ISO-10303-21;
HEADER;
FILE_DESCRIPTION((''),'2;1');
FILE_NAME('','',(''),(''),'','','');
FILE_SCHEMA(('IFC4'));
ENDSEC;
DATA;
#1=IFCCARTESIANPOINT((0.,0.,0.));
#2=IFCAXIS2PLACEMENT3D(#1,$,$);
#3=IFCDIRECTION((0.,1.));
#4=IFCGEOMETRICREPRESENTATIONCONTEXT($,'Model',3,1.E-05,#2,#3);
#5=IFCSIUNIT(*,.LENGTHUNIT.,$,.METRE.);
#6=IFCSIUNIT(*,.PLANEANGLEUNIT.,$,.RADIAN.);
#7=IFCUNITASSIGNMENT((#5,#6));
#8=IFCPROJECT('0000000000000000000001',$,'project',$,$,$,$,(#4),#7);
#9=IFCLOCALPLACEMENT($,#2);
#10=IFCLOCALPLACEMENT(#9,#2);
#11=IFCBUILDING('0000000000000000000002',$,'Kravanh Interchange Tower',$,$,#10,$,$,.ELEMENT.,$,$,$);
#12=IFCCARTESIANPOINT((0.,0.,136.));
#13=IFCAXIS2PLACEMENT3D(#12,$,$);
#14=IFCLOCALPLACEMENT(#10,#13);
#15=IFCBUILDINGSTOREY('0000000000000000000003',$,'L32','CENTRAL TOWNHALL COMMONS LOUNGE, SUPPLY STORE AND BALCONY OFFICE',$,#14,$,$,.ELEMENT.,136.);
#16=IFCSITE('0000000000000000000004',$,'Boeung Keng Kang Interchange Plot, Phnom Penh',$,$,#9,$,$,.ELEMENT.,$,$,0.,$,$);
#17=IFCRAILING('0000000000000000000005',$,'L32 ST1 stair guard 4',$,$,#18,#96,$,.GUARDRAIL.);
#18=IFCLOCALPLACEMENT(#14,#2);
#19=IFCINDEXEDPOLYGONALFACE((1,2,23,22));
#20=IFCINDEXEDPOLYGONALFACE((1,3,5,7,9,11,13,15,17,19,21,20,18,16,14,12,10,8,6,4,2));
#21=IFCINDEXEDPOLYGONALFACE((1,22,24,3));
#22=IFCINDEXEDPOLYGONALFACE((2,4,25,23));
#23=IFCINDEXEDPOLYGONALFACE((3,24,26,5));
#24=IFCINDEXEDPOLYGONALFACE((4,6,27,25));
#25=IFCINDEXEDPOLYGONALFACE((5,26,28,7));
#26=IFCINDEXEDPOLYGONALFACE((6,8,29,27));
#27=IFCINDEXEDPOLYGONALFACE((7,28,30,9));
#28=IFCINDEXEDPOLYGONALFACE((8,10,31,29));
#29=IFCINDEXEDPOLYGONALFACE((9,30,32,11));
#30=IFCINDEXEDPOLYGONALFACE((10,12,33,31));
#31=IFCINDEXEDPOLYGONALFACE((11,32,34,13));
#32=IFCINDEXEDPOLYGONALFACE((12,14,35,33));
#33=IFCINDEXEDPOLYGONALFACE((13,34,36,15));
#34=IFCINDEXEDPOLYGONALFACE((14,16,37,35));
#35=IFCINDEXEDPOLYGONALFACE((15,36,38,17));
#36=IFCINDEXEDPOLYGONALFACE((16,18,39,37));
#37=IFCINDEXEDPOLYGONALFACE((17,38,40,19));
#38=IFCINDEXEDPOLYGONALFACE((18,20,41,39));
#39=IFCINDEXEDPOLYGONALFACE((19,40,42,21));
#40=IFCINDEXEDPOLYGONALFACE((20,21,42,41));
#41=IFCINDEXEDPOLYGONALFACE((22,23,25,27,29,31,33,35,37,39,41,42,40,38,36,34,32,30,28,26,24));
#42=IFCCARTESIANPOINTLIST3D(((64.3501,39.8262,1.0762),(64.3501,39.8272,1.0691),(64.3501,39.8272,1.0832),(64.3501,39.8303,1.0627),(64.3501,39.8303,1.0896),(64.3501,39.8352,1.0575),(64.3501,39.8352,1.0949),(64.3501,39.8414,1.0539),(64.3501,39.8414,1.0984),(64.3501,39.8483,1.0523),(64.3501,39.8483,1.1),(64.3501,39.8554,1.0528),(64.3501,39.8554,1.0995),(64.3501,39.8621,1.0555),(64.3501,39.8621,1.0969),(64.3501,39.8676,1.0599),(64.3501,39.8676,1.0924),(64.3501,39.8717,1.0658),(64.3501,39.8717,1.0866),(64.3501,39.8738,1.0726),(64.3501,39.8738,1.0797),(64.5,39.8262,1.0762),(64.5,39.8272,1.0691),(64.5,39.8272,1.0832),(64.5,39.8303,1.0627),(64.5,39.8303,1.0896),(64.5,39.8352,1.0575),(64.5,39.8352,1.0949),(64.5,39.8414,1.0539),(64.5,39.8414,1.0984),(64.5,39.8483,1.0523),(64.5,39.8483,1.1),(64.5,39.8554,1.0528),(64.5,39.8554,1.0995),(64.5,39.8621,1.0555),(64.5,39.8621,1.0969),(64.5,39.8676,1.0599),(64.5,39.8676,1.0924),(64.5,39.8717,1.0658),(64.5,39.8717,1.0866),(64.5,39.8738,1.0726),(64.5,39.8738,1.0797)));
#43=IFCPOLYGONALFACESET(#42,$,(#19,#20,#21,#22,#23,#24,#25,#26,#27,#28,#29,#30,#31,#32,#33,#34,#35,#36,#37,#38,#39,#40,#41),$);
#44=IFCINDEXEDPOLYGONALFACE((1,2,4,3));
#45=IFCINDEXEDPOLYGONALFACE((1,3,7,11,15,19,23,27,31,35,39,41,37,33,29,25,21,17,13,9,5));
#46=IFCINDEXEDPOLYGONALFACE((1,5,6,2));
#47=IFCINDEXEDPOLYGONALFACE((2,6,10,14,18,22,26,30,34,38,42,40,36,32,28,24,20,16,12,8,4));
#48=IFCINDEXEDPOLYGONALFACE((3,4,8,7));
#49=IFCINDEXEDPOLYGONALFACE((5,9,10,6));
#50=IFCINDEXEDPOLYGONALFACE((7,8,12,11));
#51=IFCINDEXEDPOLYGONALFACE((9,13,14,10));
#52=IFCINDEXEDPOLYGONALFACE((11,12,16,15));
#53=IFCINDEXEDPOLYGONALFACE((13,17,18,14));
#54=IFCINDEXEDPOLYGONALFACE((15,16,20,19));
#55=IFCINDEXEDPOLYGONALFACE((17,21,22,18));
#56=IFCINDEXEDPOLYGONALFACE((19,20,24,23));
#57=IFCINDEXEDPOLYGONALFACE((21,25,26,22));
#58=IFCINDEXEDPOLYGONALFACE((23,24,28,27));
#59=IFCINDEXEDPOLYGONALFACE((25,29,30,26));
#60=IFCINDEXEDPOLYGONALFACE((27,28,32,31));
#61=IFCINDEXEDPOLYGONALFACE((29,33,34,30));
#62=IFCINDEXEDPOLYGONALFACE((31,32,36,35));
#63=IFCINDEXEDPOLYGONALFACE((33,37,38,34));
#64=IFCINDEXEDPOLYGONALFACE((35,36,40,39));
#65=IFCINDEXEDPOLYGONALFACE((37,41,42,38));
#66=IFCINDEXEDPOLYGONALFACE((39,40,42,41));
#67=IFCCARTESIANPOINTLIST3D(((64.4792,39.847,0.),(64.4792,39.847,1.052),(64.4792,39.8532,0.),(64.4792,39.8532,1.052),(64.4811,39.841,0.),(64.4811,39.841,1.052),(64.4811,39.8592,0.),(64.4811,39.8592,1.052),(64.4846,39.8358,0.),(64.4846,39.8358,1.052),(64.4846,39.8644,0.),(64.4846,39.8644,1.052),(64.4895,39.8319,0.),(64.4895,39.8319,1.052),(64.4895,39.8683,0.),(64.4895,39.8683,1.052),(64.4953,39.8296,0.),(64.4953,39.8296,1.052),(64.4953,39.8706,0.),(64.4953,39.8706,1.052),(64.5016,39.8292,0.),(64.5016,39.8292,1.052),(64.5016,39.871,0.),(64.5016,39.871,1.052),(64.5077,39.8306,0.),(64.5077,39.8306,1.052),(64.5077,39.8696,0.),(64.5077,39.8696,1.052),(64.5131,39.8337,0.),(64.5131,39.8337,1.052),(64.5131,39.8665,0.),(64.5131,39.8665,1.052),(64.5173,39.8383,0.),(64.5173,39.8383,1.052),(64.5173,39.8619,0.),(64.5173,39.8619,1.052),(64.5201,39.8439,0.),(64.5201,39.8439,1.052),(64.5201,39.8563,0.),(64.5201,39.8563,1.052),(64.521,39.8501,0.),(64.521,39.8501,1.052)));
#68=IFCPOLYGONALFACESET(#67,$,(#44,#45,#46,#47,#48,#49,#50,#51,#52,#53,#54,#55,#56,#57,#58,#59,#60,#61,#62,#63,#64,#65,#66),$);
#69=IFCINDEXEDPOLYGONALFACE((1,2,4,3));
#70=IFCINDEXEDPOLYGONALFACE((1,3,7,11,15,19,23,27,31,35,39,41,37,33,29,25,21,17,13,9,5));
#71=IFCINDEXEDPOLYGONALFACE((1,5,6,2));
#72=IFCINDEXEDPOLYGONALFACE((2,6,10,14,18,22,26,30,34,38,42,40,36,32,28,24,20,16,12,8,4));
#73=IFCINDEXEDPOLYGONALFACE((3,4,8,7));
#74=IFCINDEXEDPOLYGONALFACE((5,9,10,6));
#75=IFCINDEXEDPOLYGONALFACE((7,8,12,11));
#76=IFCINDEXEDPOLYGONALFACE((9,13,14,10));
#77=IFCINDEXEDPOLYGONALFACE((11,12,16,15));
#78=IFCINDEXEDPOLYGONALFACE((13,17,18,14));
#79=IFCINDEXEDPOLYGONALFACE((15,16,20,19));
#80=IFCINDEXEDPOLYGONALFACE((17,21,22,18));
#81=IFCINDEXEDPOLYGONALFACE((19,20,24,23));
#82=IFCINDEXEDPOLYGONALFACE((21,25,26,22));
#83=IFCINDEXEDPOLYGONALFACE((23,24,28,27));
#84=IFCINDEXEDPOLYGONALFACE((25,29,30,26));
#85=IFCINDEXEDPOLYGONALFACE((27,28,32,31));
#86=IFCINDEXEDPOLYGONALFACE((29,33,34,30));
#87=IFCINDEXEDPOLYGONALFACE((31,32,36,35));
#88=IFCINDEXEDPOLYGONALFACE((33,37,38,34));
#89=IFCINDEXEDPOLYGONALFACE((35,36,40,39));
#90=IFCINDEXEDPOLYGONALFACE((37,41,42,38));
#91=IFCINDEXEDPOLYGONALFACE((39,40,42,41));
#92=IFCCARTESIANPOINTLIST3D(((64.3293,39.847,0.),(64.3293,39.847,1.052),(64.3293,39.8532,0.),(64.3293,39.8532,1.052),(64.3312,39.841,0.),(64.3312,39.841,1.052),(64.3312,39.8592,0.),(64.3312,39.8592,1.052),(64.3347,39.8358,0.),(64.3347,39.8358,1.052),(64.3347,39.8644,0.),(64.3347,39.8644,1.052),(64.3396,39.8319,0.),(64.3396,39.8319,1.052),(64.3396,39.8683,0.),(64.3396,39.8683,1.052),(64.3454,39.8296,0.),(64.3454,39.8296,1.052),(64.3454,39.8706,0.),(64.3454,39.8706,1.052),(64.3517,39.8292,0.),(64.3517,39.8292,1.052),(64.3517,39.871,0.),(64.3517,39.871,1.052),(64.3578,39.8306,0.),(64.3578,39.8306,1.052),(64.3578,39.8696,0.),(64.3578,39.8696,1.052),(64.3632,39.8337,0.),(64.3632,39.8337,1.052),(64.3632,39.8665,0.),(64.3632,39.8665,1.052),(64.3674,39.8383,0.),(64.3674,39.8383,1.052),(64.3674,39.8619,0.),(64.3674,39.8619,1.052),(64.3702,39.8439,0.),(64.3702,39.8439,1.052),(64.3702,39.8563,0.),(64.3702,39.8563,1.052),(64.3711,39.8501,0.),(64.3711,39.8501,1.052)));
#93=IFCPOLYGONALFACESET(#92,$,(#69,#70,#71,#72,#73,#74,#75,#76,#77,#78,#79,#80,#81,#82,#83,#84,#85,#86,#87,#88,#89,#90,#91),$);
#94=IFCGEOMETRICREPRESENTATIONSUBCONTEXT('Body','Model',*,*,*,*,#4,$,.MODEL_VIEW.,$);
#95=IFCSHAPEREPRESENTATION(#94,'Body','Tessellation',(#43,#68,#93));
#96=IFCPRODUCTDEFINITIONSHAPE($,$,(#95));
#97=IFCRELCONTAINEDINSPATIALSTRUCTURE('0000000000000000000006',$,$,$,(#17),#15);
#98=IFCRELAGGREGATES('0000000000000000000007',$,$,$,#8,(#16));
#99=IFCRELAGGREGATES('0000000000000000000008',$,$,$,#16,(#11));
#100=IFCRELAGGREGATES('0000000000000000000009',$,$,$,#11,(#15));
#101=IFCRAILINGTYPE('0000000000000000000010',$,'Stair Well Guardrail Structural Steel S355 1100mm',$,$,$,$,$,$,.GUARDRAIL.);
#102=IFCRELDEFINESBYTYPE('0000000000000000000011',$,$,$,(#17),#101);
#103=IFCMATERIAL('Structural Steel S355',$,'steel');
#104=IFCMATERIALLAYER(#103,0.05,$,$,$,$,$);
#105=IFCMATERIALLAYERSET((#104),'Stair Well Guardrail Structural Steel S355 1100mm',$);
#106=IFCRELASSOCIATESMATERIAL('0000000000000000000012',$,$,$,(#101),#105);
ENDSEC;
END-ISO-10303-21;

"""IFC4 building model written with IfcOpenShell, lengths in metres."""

from ifc_helpers import new_model, si_unit, direction, frame, origin, origin_2d, place, context, subcontext, project, spatial, circle, extrude, material, layer, layer_set, type_object, element, save


model = new_model("IFC4")

# Units and contexts
model_context = context("Model", 3, precision=1e-05, world=origin(), true_north=direction((0.0, 1.0)))
body_context = subcontext(model_context, "Body", "Model", "MODEL_VIEW")
ifc_project = project(units=[si_unit("LENGTHUNIT", "METRE"), si_unit("PLANEANGLEUNIT", "RADIAN")], contexts=[model_context])

# Site, building, storey
site_placement = place(None, origin())
site = spatial("IfcSite", under=ifc_project, at=site_placement, Name="Boeung Keng Kang Interchange Plot, Phnom Penh", CompositionType="ELEMENT", RefElevation=0.0)
building_placement = place(site_placement, origin())
building = spatial("IfcBuilding", under=site, at=building_placement, Name="Kravanh Interchange Tower", CompositionType="ELEMENT")
storey_placement = place(building_placement, frame((0.0, 0.0, 136.0)))
storey = spatial("IfcBuildingStorey", under=building, at=storey_placement, Name="L32", Description="CENTRAL TOWNHALL COMMONS LOUNGE, SUPPLY STORE AND BALCONY OFFICE", CompositionType="ELEMENT", Elevation=136.0)

# Railing
ifc_material_1 = material(Name="Structural Steel S355", Category="steel")
ifc_layer_1 = layer(ifc_material_1, 0.05)
ifc_layer_set_1 = layer_set([ifc_layer_1], Name="Stair Well Guardrail Structural Steel S355 1100mm")
railing_type_1 = type_object("IfcRailingType", Name="Stair Well Guardrail Structural Steel S355 1100mm", PredefinedType="GUARDRAIL", material=ifc_layer_set_1)
railing_1_placement = place(storey_placement, frame((64.5, 39.8501, 0.0)))
element("IfcRailing", 1, at=railing_1_placement, inside=storey, type_object=railing_type_1, Name="L32 ST1 stair guard 4", PredefinedType="GUARDRAIL", context=body_context, shape_type="SweptSolid", body=[
    extrude(circle(Radius=0.0239, at=origin_2d()), frame((0.0, 0.0, 1.0762), z_axis=(-1.0, 0.0, 0.0), x_axis=(0.0, -1.0, 0.0)), (0.0, 0.0, 1.0), 0.1499),
    extrude(circle(Radius=0.021, at=origin_2d()), origin(), (0.0, 0.0, 1.0), 1.052),
    extrude(circle(Radius=0.021, at=origin_2d()), frame((-0.1499, 0.0, 0.0)), (0.0, 0.0, 1.0), 1.052),
])

save(model, "model.ifc")
